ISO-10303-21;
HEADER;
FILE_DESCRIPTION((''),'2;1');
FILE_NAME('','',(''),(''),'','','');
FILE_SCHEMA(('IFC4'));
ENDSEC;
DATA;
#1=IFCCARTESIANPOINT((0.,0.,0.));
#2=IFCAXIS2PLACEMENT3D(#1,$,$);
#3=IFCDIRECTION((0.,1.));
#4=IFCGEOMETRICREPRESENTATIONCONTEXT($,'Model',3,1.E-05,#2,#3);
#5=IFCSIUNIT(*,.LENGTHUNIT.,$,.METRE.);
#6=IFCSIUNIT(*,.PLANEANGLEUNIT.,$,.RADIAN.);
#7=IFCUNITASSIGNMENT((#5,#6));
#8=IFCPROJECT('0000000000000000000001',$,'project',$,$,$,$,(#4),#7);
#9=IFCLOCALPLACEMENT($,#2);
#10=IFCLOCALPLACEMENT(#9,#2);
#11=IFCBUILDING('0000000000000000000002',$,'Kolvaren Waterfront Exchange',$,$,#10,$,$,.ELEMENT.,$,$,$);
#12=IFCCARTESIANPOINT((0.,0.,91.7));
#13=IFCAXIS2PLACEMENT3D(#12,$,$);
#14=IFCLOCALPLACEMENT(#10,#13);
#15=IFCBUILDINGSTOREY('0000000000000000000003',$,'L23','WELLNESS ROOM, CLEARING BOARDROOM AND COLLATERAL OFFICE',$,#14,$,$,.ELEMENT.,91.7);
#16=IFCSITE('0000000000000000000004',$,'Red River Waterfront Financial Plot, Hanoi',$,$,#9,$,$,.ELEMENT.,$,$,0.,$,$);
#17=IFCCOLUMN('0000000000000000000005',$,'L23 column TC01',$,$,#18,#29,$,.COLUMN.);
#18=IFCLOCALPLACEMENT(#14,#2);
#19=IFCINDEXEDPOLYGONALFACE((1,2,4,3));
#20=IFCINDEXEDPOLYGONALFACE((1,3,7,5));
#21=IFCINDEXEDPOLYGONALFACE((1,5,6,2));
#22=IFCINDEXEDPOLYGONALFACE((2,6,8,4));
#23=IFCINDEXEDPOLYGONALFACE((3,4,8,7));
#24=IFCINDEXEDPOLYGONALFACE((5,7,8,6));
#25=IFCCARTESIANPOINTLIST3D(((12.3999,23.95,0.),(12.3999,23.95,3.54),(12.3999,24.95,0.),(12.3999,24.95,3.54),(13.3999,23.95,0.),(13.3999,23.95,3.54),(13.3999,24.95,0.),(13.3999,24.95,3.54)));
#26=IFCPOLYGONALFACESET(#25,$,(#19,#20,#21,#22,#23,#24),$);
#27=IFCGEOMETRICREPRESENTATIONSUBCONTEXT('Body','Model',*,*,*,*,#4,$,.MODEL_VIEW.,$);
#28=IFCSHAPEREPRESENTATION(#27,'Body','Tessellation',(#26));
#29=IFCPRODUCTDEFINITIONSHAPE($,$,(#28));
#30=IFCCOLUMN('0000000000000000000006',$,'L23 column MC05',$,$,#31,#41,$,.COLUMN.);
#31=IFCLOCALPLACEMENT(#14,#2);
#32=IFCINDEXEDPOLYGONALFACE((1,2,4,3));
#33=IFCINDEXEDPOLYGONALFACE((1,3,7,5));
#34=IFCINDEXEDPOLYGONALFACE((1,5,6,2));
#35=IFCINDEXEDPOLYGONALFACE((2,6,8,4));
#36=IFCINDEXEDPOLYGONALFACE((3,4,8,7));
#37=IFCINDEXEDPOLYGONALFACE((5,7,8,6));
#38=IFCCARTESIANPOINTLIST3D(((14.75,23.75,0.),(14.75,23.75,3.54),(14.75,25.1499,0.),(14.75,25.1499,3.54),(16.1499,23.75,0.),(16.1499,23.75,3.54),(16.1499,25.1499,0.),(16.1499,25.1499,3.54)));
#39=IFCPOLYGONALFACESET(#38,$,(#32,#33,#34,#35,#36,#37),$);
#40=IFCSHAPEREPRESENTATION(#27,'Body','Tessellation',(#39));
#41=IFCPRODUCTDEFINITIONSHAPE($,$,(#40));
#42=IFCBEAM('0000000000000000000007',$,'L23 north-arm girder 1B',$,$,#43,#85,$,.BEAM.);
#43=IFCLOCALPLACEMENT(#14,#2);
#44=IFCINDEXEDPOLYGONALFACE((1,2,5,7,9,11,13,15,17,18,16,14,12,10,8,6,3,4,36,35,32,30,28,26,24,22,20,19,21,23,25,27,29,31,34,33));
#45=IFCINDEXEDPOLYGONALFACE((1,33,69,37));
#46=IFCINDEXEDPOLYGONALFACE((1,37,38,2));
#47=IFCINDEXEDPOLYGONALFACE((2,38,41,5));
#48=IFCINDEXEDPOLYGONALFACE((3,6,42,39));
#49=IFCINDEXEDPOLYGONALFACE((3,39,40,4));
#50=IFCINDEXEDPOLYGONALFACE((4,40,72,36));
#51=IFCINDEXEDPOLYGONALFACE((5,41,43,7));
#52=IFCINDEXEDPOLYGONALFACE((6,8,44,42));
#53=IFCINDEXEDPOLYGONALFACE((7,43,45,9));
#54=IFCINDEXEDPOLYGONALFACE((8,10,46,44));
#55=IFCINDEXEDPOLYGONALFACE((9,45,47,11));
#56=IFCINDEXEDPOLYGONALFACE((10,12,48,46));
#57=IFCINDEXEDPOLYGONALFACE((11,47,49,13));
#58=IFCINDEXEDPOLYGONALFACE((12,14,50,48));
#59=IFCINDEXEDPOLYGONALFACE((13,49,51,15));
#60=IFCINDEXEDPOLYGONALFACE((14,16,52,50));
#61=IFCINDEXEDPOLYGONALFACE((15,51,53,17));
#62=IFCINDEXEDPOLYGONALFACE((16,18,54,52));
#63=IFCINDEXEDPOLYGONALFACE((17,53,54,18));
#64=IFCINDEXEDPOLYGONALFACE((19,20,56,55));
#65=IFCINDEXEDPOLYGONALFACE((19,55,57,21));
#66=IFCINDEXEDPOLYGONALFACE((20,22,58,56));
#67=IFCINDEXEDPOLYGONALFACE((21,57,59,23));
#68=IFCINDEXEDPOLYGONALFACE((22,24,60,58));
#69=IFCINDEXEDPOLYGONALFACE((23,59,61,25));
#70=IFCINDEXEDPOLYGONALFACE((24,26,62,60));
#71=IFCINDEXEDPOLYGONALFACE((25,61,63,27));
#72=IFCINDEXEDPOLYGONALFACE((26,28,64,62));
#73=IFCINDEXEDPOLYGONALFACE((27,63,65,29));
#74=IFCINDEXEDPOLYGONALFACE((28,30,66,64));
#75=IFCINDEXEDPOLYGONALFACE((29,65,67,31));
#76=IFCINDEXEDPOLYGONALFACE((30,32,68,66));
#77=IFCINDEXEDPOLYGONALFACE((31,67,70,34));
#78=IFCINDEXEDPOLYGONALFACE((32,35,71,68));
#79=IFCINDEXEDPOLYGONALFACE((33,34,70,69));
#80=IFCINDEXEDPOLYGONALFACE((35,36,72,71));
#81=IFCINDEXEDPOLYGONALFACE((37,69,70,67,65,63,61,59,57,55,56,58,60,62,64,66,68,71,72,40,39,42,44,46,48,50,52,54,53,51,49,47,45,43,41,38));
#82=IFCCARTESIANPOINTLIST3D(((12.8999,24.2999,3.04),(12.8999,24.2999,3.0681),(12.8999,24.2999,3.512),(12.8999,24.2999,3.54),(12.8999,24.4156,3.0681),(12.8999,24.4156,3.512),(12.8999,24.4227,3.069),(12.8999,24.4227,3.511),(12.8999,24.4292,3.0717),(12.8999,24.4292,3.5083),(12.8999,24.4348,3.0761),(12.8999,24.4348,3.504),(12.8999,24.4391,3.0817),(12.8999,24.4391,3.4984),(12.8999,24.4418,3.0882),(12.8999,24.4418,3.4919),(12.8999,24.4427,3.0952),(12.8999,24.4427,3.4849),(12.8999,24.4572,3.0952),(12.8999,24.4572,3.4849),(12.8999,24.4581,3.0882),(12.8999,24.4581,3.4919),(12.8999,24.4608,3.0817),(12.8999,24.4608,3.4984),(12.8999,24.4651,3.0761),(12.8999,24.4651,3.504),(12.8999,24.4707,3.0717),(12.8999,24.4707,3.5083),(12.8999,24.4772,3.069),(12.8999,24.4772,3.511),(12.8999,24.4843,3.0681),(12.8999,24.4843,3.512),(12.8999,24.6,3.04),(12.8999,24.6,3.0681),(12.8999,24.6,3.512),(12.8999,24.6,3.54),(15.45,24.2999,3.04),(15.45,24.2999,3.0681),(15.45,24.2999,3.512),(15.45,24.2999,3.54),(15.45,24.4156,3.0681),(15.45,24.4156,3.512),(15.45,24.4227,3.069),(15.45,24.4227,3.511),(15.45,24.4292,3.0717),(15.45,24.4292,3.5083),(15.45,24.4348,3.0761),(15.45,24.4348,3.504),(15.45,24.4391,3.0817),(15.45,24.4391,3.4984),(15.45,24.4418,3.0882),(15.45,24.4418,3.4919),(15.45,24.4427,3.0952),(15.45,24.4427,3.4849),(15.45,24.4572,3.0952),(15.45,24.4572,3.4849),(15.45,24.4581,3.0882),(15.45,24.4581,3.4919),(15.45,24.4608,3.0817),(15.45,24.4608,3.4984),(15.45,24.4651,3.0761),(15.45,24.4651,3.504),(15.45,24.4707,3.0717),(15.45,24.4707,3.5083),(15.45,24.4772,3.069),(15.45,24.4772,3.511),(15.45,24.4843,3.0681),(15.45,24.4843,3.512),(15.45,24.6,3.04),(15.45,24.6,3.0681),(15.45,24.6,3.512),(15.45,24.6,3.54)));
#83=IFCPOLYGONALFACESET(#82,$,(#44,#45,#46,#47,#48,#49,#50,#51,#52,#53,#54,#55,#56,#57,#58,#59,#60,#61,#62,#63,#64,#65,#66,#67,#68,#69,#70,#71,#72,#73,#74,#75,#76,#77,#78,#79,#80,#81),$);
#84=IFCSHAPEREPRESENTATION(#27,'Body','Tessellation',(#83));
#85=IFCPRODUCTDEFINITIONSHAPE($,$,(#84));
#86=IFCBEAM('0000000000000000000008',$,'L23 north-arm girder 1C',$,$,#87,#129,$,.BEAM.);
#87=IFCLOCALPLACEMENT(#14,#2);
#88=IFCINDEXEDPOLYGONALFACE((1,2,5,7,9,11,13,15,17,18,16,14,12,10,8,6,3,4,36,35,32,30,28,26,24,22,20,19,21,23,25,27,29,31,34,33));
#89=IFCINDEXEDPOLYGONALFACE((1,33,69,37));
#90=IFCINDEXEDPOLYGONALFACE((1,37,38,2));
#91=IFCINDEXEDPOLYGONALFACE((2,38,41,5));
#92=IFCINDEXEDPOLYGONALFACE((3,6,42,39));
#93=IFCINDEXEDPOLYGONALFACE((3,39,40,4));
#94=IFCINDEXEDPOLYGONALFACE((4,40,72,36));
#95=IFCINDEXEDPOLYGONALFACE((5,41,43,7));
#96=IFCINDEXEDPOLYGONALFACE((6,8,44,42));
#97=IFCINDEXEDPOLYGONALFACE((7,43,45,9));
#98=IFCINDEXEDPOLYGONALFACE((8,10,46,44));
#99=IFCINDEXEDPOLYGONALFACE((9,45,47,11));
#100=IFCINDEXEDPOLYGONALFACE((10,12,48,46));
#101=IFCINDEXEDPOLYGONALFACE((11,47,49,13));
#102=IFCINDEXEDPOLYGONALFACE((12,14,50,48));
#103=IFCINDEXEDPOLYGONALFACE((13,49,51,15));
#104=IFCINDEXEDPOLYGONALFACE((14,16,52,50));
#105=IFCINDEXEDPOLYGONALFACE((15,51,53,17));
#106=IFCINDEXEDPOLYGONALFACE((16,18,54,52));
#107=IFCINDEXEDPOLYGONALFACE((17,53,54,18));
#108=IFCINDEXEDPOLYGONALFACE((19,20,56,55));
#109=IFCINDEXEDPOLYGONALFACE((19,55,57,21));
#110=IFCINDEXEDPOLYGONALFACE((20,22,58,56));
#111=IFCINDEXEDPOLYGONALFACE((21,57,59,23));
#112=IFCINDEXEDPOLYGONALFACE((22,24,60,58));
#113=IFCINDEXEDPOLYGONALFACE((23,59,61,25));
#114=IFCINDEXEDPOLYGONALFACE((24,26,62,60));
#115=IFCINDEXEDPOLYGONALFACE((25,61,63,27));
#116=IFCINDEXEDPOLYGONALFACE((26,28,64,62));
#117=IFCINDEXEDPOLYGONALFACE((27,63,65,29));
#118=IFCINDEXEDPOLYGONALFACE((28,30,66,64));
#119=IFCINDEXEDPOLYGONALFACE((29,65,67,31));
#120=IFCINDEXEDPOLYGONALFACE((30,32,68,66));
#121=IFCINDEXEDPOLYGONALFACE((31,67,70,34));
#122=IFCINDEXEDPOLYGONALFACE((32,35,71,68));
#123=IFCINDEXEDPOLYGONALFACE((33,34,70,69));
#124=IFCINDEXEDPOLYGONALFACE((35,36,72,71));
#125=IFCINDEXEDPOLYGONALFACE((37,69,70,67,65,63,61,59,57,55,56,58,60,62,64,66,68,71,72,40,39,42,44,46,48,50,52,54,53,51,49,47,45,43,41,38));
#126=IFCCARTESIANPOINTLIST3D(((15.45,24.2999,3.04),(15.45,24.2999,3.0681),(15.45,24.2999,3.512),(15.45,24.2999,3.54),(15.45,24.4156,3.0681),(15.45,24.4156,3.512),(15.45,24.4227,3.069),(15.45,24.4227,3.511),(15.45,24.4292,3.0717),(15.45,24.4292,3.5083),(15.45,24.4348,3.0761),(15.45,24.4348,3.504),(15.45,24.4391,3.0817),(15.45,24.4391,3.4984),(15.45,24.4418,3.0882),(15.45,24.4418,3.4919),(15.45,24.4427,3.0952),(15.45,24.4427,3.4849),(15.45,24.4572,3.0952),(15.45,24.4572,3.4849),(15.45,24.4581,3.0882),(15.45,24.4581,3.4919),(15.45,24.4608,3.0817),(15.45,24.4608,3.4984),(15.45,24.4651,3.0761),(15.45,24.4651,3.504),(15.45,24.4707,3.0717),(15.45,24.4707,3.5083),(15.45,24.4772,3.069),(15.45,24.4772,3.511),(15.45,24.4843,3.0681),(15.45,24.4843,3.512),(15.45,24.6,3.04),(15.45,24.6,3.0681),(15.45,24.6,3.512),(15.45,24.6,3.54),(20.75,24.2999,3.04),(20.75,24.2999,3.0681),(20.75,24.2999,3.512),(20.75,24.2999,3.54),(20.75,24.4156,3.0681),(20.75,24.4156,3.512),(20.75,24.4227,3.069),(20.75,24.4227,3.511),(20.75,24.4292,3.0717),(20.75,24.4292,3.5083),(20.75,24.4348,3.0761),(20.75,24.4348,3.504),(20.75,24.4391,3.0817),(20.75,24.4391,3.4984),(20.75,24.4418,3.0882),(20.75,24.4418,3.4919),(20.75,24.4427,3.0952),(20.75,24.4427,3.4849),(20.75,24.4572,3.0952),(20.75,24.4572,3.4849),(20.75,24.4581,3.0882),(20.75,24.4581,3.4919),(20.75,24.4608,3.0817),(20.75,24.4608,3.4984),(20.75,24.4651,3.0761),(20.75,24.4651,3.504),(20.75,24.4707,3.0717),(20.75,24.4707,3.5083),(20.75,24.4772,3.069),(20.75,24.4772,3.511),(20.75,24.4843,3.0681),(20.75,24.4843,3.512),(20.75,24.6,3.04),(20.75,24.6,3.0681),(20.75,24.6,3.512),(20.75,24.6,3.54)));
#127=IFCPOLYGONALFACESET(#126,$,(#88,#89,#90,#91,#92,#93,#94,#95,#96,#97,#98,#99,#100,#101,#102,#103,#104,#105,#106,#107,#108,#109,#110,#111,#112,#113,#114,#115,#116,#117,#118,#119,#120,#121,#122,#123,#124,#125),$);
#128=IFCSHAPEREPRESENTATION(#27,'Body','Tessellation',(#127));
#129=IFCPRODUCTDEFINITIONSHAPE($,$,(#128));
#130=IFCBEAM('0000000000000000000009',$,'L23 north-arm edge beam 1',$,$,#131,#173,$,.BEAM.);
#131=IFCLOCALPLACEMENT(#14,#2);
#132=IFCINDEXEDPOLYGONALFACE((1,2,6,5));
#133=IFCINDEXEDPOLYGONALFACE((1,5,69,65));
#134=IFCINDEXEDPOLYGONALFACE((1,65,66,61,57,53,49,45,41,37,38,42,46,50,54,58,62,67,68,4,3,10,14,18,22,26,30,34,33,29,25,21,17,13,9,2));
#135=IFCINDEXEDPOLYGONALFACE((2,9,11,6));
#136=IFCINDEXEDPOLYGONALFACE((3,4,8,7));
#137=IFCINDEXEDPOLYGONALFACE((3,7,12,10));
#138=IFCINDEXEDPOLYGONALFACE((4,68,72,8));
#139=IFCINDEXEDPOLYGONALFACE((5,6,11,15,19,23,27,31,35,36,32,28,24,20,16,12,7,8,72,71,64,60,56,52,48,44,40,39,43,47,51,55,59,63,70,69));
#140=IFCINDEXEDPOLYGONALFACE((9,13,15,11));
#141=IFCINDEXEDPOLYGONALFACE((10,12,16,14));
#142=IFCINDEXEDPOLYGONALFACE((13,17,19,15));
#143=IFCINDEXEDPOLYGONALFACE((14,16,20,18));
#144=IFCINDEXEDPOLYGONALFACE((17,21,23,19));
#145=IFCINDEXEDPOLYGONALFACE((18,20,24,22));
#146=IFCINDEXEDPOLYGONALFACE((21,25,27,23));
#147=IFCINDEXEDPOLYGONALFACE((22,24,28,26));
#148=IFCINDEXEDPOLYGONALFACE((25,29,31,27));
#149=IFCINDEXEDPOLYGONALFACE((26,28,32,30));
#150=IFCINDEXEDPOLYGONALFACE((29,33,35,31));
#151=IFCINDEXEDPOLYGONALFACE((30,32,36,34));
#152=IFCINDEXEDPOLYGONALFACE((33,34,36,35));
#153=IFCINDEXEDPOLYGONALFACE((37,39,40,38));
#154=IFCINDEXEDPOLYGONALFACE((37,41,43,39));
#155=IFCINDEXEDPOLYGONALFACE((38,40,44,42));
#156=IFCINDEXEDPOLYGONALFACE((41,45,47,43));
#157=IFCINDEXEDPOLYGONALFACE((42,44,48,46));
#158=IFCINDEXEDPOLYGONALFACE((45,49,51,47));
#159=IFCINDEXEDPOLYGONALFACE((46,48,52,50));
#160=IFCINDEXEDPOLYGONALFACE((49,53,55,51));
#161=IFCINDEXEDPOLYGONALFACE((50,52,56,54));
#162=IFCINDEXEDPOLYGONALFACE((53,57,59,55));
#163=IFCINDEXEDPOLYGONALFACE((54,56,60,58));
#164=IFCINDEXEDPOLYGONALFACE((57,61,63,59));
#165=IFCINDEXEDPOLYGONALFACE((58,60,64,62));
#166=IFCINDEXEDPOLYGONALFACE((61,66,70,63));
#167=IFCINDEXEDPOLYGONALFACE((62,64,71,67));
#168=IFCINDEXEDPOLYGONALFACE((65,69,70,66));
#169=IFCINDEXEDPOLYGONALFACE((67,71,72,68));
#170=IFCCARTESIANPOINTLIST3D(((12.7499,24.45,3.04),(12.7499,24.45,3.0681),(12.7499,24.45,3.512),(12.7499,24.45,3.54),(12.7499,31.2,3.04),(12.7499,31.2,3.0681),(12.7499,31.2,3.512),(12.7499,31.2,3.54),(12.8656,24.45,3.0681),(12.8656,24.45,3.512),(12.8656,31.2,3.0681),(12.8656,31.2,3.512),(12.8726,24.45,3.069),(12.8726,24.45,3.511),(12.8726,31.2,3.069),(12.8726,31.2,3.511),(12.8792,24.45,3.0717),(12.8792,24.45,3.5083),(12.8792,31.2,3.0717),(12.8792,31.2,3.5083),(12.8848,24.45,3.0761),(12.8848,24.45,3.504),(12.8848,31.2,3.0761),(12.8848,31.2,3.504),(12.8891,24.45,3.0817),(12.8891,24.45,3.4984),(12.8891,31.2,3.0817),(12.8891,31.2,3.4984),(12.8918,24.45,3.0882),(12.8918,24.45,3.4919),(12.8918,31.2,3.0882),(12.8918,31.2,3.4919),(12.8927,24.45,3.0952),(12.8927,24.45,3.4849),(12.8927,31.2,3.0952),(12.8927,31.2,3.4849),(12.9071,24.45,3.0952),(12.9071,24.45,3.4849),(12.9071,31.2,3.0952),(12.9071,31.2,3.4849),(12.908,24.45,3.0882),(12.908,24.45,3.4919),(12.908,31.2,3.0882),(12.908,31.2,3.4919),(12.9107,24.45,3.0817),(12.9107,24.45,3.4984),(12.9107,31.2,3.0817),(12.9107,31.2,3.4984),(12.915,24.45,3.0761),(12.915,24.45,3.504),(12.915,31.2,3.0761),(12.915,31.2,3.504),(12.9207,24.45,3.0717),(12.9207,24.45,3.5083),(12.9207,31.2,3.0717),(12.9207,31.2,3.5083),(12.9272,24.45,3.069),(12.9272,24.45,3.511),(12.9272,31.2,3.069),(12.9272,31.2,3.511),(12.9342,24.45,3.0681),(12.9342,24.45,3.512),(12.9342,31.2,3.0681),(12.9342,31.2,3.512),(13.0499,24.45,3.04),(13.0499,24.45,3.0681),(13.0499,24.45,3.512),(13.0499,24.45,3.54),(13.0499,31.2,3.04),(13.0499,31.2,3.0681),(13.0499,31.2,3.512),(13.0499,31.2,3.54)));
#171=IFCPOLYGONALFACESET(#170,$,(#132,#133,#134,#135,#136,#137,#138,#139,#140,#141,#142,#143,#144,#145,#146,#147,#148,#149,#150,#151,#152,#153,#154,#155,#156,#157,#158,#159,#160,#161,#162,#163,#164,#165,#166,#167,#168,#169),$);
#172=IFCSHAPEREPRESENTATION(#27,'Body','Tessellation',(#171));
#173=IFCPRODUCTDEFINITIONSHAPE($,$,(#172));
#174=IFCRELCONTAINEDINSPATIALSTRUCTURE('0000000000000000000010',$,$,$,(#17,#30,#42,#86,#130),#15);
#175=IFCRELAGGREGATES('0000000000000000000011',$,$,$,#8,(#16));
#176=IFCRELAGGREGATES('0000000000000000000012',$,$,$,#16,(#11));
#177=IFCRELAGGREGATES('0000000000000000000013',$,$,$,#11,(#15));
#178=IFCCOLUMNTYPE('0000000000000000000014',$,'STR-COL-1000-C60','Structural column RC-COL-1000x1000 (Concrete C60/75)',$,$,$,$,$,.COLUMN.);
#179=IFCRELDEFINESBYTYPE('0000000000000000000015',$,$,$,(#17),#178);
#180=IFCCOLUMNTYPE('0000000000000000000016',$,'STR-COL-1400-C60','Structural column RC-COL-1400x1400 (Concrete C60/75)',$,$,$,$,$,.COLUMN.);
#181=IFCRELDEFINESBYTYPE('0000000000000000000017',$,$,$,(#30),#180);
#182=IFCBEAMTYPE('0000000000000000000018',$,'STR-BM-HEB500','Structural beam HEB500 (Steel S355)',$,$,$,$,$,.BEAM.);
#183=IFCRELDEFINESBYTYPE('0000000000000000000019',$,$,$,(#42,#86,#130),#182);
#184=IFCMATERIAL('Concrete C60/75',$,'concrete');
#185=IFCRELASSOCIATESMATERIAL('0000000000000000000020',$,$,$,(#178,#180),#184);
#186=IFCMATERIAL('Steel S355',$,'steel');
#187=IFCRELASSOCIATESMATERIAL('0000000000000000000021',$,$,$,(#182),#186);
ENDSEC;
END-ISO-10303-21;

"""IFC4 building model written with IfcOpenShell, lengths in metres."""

from ifc_helpers import new_model, si_unit, direction, frame, origin, origin_2d, place, context, subcontext, project, spatial, rectangle, i_section, extrude, material, material_profile, profile_set, type_object, element, save


model = new_model("IFC4")

# Units and contexts
model_context = context("Model", 3, precision=1e-05, world=origin(), true_north=direction((0.0, 1.0)))
body_context = subcontext(model_context, "Body", "Model", "MODEL_VIEW")
ifc_project = project(units=[si_unit("LENGTHUNIT", "METRE"), si_unit("PLANEANGLEUNIT", "RADIAN")], contexts=[model_context])

# Site, building, storey
site_placement = place(None, origin())
site = spatial("IfcSite", under=ifc_project, at=site_placement, Name="Red River Waterfront Financial Plot, Hanoi", CompositionType="ELEMENT", RefElevation=0.0)
building_placement = place(site_placement, origin())
building = spatial("IfcBuilding", under=site, at=building_placement, Name="Kolvaren Waterfront Exchange", CompositionType="ELEMENT")
storey_placement = place(building_placement, frame((0.0, 0.0, 91.7)))
storey = spatial("IfcBuildingStorey", under=building, at=storey_placement, Name="L23", Description="WELLNESS ROOM, CLEARING BOARDROOM AND COLLATERAL OFFICE", CompositionType="ELEMENT", Elevation=91.7)

# Columns
ifc_material_1 = material(Name="Concrete C60/75", Category="concrete")
ifc_material_profile_1 = material_profile(ifc_material_1, rectangle(XDim=1.0, YDim=1.0, at=origin_2d()), Name="RC-COL-1000x1000")
ifc_profile_set_1 = profile_set([ifc_material_profile_1], Name="Concrete C60/75")
column_type_1 = type_object("IfcColumnType", Name="STR-COL-1000-C60", Description="Structural column RC-COL-1000x1000 (Concrete C60/75)", PredefinedType="COLUMN", material=ifc_profile_set_1)
column_1_placement = place(storey_placement, frame((12.8999, 24.45, 0.0), z_axis=(0.0, 0.0, 1.0), x_axis=(1.0, 0.0, 0.0)))
element("IfcColumn", 1, at=column_1_placement, inside=storey, type_object=column_type_1, Name="L23 column TC01", PredefinedType="COLUMN", context=body_context, shape_type="SweptSolid", body=[
    extrude(rectangle(XDim=1.0, YDim=1.0, at=origin_2d()), origin(), (0.0, 0.0, 1.0), 3.54),
])
ifc_material_profile_2 = material_profile(ifc_material_1, rectangle(XDim=1.3999, YDim=1.3999, at=origin_2d()), Name="RC-COL-1400x1400")
ifc_profile_set_2 = profile_set([ifc_material_profile_2], Name="Concrete C60/75")
column_type_2 = type_object("IfcColumnType", Name="STR-COL-1400-C60", Description="Structural column RC-COL-1400x1400 (Concrete C60/75)", PredefinedType="COLUMN", material=ifc_profile_set_2)
column_2_placement = place(storey_placement, frame((15.45, 24.45, 0.0), z_axis=(0.0, 0.0, 1.0), x_axis=(1.0, 0.0, 0.0)))
element("IfcColumn", 2, at=column_2_placement, inside=storey, type_object=column_type_2, Name="L23 column MC05", PredefinedType="COLUMN", context=body_context, shape_type="SweptSolid", body=[
    extrude(rectangle(XDim=1.3999, YDim=1.3999, at=origin_2d()), origin(), (0.0, 0.0, 1.0), 3.54),
])

# Beams
ifc_material_2 = material(Name="Steel S355", Category="steel")
ifc_material_profile_3 = material_profile(ifc_material_2, i_section(OverallWidth=0.3, OverallDepth=0.5, WebThickness=0.0144, FlangeThickness=0.0281, FilletRadius=0.0271, at=origin_2d()), Name="HEB500")
ifc_profile_set_3 = profile_set([ifc_material_profile_3], Name="Steel S355")
beam_type_1 = type_object("IfcBeamType", Name="STR-BM-HEB500", Description="Structural beam HEB500 (Steel S355)", PredefinedType="BEAM", material=ifc_profile_set_3)
beam_1_placement = place(storey_placement, frame((12.8999, 24.45, 3.29), z_axis=(1.0, 0.0, 0.0), x_axis=(0.0, 1.0, 0.0)))
element("IfcBeam", 3, at=beam_1_placement, inside=storey, type_object=beam_type_1, Name="L23 north-arm girder 1B", PredefinedType="BEAM", context=body_context, shape_type="SweptSolid", body=[
    extrude(i_section(OverallWidth=0.3, OverallDepth=0.5, WebThickness=0.0144, FlangeThickness=0.0281, FilletRadius=0.0271, at=origin_2d()), origin(), (0.0, 0.0, 1.0), 2.55),
])
beam_2_placement = place(storey_placement, frame((15.45, 24.45, 3.29), z_axis=(1.0, 0.0, 0.0), x_axis=(0.0, 1.0, 0.0)))
element("IfcBeam", 4, at=beam_2_placement, inside=storey, type_object=beam_type_1, Name="L23 north-arm girder 1C", PredefinedType="BEAM", context=body_context, shape_type="SweptSolid", body=[
    extrude(i_section(OverallWidth=0.3, OverallDepth=0.5, WebThickness=0.0144, FlangeThickness=0.0281, FilletRadius=0.0271, at=origin_2d()), origin(), (0.0, 0.0, 1.0), 5.3),
])
beam_3_placement = place(storey_placement, frame((12.8999, 24.45, 3.29), z_axis=(0.0, 1.0, 0.0), x_axis=(-1.0, 0.0, 0.0)))
element("IfcBeam", 5, at=beam_3_placement, inside=storey, type_object=beam_type_1, Name="L23 north-arm edge beam 1", PredefinedType="BEAM", context=body_context, shape_type="SweptSolid", body=[
    extrude(i_section(OverallWidth=0.3, OverallDepth=0.5, WebThickness=0.0144, FlangeThickness=0.0281, FilletRadius=0.0271, at=origin_2d()), origin(), (0.0, 0.0, 1.0), 6.75),
])

save(model, "model.ifc")
